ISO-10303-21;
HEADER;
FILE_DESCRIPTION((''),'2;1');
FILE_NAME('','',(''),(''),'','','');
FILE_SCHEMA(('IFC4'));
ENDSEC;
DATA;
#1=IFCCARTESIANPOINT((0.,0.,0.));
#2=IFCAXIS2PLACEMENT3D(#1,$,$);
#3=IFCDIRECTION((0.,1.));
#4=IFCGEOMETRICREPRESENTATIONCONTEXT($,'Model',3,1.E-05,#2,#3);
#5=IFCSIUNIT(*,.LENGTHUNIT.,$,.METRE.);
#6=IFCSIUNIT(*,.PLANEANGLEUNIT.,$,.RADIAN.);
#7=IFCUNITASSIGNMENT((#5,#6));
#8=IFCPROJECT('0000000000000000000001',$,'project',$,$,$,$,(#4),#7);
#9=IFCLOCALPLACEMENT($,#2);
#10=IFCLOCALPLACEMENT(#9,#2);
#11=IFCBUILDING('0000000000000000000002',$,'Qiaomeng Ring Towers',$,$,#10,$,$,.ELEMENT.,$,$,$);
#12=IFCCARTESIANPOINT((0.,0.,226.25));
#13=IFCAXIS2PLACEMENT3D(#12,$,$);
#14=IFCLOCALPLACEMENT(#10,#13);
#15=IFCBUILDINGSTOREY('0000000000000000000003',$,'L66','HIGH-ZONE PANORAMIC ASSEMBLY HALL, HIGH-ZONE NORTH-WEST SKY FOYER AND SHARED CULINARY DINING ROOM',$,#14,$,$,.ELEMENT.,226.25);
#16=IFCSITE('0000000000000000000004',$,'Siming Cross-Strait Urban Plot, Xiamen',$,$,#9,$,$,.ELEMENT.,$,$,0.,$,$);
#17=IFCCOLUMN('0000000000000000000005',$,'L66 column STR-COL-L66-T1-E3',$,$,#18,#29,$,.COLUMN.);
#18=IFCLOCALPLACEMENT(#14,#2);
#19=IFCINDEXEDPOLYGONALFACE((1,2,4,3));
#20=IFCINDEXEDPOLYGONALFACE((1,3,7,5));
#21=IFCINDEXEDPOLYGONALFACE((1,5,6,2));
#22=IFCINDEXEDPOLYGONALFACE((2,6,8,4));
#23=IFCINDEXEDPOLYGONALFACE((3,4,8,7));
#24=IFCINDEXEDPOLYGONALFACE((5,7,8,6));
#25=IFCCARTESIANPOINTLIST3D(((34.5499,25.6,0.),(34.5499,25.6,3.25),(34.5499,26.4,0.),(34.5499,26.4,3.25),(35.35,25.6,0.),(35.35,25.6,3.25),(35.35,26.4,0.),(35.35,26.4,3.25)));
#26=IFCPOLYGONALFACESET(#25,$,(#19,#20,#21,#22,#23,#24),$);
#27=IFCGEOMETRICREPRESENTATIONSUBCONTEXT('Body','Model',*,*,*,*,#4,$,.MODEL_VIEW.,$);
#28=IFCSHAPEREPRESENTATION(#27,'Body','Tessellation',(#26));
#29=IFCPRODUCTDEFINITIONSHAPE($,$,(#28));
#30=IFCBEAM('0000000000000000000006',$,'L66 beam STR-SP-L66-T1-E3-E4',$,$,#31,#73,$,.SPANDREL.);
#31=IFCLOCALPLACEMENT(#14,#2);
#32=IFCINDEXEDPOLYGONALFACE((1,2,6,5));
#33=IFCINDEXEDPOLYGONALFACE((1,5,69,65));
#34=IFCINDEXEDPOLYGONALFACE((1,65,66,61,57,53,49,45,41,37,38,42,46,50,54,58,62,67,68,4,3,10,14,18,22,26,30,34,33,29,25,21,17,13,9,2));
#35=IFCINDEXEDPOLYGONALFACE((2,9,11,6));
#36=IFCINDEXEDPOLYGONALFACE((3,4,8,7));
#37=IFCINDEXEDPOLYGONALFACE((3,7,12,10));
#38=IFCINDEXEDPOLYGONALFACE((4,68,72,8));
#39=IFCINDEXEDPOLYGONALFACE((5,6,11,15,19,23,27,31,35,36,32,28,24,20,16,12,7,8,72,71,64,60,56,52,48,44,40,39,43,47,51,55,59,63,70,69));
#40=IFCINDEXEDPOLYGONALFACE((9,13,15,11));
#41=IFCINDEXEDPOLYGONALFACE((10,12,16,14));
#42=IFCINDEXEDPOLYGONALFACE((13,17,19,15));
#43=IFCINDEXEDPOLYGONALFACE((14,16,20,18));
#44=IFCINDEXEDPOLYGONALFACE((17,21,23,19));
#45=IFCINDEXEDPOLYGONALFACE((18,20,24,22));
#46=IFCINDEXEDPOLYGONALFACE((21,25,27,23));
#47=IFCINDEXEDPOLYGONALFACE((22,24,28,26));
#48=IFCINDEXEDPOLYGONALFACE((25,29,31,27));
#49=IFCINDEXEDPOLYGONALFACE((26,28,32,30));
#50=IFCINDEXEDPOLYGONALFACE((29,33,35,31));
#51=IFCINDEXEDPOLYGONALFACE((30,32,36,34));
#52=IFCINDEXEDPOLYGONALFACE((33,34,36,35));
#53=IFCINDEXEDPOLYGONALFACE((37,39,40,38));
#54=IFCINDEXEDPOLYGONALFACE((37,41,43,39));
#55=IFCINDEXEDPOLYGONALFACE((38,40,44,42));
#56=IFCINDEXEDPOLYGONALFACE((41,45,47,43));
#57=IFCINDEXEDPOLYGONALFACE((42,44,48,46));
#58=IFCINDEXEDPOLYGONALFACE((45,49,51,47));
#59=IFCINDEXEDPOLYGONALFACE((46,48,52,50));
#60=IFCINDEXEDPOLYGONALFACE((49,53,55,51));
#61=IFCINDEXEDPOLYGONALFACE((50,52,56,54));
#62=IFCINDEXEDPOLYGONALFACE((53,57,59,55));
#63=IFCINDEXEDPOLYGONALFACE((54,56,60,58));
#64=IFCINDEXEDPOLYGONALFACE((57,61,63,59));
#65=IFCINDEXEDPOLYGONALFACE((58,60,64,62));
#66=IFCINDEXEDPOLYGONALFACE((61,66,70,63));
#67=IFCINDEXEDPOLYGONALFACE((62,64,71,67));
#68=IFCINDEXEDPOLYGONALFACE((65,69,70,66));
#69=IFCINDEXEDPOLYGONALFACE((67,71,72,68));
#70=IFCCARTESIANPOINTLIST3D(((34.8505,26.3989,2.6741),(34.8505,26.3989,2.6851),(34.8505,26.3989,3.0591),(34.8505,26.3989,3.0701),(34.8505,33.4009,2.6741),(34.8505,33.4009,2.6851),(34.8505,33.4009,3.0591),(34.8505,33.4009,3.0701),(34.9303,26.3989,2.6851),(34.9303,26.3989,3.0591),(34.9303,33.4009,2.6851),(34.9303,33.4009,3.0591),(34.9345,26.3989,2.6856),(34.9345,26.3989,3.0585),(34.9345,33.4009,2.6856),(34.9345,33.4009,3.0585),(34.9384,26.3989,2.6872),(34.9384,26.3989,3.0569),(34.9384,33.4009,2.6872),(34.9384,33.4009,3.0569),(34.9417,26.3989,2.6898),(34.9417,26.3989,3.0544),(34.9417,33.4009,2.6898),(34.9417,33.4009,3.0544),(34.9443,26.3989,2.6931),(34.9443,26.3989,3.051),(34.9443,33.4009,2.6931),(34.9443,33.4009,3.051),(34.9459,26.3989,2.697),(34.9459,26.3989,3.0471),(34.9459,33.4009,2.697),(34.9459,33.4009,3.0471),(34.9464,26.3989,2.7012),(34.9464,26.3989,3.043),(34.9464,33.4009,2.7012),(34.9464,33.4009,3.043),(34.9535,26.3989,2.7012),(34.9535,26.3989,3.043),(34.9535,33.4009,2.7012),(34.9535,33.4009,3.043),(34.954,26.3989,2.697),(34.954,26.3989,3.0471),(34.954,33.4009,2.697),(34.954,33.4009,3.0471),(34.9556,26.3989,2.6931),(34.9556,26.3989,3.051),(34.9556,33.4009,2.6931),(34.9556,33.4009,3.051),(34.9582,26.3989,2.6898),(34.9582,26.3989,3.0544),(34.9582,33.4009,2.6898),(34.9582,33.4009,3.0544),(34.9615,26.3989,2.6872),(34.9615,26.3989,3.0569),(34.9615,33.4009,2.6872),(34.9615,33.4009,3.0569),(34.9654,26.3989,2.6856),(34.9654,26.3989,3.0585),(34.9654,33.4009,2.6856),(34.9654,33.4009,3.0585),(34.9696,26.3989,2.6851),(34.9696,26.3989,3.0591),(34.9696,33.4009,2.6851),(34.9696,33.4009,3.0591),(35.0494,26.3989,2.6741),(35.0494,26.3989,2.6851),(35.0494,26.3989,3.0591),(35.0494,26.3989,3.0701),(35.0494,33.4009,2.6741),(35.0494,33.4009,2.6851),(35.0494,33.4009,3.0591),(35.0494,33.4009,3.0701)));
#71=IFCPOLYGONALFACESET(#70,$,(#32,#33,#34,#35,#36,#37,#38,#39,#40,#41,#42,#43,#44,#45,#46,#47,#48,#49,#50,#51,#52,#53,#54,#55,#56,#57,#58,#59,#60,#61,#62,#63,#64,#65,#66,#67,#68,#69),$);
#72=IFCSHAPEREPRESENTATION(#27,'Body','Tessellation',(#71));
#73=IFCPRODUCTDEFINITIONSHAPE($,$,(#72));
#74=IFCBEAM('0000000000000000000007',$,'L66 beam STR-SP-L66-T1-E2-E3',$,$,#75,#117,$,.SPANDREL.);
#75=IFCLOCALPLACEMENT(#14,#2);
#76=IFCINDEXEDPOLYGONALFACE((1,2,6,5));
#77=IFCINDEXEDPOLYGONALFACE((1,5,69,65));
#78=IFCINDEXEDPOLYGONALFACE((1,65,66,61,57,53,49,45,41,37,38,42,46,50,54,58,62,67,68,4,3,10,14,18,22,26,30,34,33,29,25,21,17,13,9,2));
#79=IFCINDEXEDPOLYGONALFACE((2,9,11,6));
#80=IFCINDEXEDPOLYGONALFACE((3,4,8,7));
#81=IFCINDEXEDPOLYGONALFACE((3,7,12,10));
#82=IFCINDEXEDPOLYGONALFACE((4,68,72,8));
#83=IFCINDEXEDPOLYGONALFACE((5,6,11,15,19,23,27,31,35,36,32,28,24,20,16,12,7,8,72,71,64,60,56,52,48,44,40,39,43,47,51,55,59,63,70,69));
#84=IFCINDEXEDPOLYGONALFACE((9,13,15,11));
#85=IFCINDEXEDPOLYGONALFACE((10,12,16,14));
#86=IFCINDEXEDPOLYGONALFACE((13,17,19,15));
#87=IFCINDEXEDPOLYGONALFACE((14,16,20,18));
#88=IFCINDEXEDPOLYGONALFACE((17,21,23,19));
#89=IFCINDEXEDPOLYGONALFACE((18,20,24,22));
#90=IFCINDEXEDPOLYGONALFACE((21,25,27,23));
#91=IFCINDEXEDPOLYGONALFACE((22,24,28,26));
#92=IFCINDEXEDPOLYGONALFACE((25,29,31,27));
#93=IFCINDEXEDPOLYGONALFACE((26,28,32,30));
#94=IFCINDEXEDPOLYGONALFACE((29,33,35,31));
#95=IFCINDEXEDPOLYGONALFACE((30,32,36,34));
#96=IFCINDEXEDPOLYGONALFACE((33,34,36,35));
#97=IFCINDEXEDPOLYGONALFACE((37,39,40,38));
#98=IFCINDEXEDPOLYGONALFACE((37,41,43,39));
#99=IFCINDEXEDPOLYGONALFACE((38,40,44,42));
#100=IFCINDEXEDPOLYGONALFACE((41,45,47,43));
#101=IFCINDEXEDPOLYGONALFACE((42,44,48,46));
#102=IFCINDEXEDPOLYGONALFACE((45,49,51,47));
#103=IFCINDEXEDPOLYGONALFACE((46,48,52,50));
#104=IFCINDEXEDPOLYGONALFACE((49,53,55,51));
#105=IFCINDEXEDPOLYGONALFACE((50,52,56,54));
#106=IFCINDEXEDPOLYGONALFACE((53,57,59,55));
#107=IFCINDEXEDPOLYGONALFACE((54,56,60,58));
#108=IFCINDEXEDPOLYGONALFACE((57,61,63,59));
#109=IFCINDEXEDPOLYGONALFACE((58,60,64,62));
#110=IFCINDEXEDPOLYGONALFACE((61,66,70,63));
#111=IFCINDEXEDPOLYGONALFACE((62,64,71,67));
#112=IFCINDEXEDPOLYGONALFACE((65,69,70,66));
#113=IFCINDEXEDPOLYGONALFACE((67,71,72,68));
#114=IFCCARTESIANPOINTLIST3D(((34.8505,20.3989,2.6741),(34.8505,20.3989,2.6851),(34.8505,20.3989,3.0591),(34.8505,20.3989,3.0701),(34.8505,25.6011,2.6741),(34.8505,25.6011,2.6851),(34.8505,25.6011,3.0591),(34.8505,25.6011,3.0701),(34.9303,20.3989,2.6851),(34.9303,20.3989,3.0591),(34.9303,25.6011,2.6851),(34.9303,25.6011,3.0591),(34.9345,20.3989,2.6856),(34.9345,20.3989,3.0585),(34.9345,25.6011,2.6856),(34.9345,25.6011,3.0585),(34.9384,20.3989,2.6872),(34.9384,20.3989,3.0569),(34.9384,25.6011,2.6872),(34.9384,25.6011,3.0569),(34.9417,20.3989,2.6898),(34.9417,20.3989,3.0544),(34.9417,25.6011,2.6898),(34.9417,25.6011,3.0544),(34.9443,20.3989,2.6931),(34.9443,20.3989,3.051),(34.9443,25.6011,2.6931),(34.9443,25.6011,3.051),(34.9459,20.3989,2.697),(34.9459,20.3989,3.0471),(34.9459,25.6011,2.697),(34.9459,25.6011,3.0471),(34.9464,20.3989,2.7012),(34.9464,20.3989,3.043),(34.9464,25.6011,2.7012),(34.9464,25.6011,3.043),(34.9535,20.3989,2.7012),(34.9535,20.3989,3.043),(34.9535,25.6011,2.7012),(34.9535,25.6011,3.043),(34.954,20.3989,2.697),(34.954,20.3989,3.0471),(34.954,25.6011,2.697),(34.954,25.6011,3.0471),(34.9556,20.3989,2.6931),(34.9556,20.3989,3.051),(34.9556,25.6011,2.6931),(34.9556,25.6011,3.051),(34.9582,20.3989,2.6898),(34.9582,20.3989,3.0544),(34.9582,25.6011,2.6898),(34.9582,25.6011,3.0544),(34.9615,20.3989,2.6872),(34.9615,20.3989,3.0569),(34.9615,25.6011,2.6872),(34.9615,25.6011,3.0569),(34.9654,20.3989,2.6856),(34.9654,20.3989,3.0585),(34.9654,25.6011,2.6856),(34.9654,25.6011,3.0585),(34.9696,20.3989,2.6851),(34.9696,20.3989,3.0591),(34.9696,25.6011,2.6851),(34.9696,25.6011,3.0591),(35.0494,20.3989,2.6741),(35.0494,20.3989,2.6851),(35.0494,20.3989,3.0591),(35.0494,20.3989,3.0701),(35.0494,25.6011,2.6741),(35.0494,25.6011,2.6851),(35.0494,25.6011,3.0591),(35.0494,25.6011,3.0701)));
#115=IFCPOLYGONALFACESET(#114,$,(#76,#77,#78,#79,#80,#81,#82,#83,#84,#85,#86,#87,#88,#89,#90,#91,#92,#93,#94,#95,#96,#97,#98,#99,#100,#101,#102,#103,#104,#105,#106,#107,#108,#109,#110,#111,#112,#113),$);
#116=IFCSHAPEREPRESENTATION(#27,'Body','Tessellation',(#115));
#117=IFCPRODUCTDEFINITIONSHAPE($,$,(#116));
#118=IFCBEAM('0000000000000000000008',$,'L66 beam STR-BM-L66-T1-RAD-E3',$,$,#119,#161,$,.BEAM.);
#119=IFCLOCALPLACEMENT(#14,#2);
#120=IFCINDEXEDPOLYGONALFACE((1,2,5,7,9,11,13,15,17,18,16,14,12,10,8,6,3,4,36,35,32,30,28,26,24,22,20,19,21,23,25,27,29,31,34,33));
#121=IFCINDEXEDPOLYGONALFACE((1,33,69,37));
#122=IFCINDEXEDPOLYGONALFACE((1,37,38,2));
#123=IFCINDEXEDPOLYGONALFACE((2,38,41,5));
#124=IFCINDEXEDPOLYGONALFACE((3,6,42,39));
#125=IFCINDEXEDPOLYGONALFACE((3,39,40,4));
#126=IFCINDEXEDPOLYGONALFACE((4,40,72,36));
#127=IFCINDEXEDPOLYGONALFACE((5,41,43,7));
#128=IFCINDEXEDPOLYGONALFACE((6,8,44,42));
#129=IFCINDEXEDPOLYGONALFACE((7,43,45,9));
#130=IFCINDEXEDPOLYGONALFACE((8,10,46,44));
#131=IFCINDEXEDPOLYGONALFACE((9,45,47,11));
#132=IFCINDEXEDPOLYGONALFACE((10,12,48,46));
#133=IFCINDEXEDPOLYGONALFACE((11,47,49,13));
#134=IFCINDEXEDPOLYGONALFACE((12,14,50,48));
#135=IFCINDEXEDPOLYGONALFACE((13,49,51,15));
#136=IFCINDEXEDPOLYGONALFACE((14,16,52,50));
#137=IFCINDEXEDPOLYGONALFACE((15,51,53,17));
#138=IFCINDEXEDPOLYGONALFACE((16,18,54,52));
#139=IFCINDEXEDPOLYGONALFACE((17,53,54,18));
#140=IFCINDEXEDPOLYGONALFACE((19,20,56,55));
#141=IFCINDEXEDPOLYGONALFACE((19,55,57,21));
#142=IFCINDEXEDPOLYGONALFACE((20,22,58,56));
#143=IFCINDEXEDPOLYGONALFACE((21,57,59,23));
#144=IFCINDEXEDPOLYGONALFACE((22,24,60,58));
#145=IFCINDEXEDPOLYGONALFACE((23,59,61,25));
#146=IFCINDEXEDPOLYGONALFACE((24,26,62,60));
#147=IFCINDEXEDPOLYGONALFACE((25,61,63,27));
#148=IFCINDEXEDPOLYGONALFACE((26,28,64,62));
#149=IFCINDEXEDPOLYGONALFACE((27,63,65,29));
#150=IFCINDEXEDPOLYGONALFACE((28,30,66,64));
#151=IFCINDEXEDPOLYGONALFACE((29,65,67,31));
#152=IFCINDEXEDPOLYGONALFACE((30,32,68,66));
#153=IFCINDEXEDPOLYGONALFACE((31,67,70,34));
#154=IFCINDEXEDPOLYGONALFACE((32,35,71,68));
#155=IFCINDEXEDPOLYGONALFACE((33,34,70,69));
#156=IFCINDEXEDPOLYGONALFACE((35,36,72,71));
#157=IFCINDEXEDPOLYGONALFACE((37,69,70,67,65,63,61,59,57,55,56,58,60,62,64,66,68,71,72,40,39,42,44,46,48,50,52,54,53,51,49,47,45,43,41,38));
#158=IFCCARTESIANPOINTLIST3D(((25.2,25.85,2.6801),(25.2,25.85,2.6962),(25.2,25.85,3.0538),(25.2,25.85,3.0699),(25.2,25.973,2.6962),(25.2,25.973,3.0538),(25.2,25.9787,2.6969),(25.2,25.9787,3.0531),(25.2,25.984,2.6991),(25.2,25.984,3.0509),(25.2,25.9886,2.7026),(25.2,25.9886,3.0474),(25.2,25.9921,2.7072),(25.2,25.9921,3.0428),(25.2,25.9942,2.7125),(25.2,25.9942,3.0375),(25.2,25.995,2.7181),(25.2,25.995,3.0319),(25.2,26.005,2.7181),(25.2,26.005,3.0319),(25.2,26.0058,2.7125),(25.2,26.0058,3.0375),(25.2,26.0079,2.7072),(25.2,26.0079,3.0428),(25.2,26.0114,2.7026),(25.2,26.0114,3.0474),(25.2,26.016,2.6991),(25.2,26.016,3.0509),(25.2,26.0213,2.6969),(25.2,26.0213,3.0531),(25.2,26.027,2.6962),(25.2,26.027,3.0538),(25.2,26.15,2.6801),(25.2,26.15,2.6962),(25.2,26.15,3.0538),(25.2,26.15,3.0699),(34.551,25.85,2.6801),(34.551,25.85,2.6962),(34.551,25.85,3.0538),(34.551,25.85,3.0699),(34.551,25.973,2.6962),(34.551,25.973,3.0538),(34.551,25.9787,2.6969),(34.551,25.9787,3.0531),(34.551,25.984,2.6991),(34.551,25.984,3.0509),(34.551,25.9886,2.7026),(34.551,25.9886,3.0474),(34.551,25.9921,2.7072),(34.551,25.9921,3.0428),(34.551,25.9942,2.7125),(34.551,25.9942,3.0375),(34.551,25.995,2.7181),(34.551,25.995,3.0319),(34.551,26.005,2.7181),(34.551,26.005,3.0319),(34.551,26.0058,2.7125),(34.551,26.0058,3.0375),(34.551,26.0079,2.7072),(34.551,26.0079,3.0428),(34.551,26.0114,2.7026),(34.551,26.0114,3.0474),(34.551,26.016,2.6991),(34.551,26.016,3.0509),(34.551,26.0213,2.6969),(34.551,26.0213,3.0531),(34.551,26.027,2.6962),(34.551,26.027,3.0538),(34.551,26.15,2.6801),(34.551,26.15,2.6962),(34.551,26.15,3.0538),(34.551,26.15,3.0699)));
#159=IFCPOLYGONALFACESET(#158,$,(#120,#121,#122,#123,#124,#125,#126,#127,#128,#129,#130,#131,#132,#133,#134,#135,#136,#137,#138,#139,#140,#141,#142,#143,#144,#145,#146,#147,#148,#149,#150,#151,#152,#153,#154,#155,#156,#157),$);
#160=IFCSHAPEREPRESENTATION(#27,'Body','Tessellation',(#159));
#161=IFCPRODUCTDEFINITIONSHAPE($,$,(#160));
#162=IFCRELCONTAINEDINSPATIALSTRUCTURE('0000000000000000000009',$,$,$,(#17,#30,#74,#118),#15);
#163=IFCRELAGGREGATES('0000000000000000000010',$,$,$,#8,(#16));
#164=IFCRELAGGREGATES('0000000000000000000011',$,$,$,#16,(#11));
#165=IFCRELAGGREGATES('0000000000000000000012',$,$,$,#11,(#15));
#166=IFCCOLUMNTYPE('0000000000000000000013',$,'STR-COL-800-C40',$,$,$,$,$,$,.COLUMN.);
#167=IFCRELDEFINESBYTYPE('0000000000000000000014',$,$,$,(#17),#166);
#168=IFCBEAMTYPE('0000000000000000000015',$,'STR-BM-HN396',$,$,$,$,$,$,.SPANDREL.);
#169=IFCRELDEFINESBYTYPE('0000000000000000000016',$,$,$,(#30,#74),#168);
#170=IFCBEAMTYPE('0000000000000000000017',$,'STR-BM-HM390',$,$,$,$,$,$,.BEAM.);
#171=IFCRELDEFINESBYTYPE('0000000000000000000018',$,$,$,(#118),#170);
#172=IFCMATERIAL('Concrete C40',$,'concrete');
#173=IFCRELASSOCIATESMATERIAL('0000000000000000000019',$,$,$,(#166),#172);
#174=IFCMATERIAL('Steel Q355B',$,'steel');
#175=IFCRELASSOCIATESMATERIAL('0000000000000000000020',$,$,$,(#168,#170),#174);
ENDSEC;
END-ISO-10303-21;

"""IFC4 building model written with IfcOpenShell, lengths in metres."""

from ifc_helpers import new_model, si_unit, direction, frame, origin, origin_2d, place, context, subcontext, project, spatial, rectangle, i_section, extrude, source, transform, mapped, material, material_profile, profile_set, type_object, element, save


model = new_model("IFC4")

# Units and contexts
model_context = context("Model", 3, precision=1e-05, world=origin(), true_north=direction((0.0, 1.0)))
body_context = subcontext(model_context, "Body", "Model", "MODEL_VIEW")
ifc_project = project(units=[si_unit("LENGTHUNIT", "METRE"), si_unit("PLANEANGLEUNIT", "RADIAN")], contexts=[model_context])

# Site, building, storey
site_placement = place(None, origin())
site = spatial("IfcSite", under=ifc_project, at=site_placement, Name="Siming Cross-Strait Urban Plot, Xiamen", CompositionType="ELEMENT", RefElevation=0.0)
building_placement = place(site_placement, origin())
building = spatial("IfcBuilding", under=site, at=building_placement, Name="Qiaomeng Ring Towers", CompositionType="ELEMENT")
storey_placement = place(building_placement, frame((0.0, 0.0, 226.25)))
storey = spatial("IfcBuildingStorey", under=building, at=storey_placement, Name="L66", Description="HIGH-ZONE PANORAMIC ASSEMBLY HALL, HIGH-ZONE NORTH-WEST SKY FOYER AND SHARED CULINARY DINING ROOM", CompositionType="ELEMENT", Elevation=226.25)

# Column
ifc_material_1 = material(Name="Concrete C40", Category="concrete")
ifc_material_profile_1 = material_profile(ifc_material_1, rectangle(XDim=0.8, YDim=0.8, at=origin_2d()), Name="RC COL 800x800")
ifc_profile_set_1 = profile_set([ifc_material_profile_1], Name="Concrete C40")
column_type = type_object("IfcColumnType", Name="STR-COL-800-C40", PredefinedType="COLUMN", material=ifc_profile_set_1)
shared_shape_1 = source(origin(), body_context, "Body", "SweptSolid", [
    extrude(rectangle(XDim=0.8, YDim=0.8, at=origin_2d()), origin(), (0.0, 0.0, 1.0), 3.25),
])
column_placement = place(storey_placement, frame((34.95, 26.0, 0.0), z_axis=(0.0, 0.0, 1.0), x_axis=(1.0, 0.0, 0.0)))
element("IfcColumn", 1, at=column_placement, inside=storey, type_object=column_type, Name="L66 column STR-COL-L66-T1-E3", PredefinedType="COLUMN", context=body_context, shape_type="MappedRepresentation", body=[
    mapped(shared_shape_1, transform((0.0, 0.0, 0.0), x_axis=(1.0, 0.0, 0.0), y_axis=(0.0, 1.0, 0.0), z_axis=(0.0, 0.0, 1.0), scale=1.0)),
])

# Beams
ifc_material_2 = material(Name="Steel Q355B", Category="steel")
ifc_material_profile_2 = material_profile(ifc_material_2, i_section(OverallWidth=0.199, OverallDepth=0.396, WebThickness=0.0071, FlangeThickness=0.011, FilletRadius=0.0161, at=origin_2d()), Name="HN 396x199x7x11")
ifc_profile_set_2 = profile_set([ifc_material_profile_2], Name="Steel Q355B")
beam_type_1 = type_object("IfcBeamType", Name="STR-BM-HN396", PredefinedType="SPANDREL", material=ifc_profile_set_2)
shared_shape_2 = source(origin(), body_context, "Body", "SweptSolid", [
    extrude(i_section(OverallWidth=0.199, OverallDepth=0.396, WebThickness=0.0071, FlangeThickness=0.011, FilletRadius=0.0161, at=origin_2d()), origin(), (0.0, 0.0, 1.0), 7.002),
])
beam_1_placement = place(storey_placement, frame((34.95, 26.3989, 2.8721), z_axis=(0.0, 1.0, 0.0), x_axis=(-1.0, 0.0, 0.0)))
element("IfcBeam", 2, at=beam_1_placement, inside=storey, type_object=beam_type_1, Name="L66 beam STR-SP-L66-T1-E3-E4", PredefinedType="SPANDREL", context=body_context, shape_type="MappedRepresentation", body=[
    mapped(shared_shape_2, transform((0.0, 0.0, 0.0), x_axis=(1.0, 0.0, 0.0), y_axis=(0.0, 1.0, 0.0), z_axis=(0.0, 0.0, 1.0), scale=1.0)),
])
shared_shape_3 = source(origin(), body_context, "Body", "SweptSolid", [
    extrude(i_section(OverallWidth=0.199, OverallDepth=0.396, WebThickness=0.0071, FlangeThickness=0.011, FilletRadius=0.0161, at=origin_2d()), origin(), (0.0, 0.0, 1.0), 5.2021),
])
beam_2_placement = place(storey_placement, frame((34.95, 20.3989, 2.8721), z_axis=(0.0, 1.0, 0.0), x_axis=(-1.0, 0.0, 0.0)))
element("IfcBeam", 3, at=beam_2_placement, inside=storey, type_object=beam_type_1, Name="L66 beam STR-SP-L66-T1-E2-E3", PredefinedType="SPANDREL", context=body_context, shape_type="MappedRepresentation", body=[
    mapped(shared_shape_3, transform((0.0, 0.0, 0.0), x_axis=(1.0, 0.0, 0.0), y_axis=(0.0, 1.0, 0.0), z_axis=(0.0, 0.0, 1.0), scale=1.0)),
])
ifc_material_profile_3 = material_profile(ifc_material_2, i_section(OverallWidth=0.3, OverallDepth=0.3899, WebThickness=0.01, FlangeThickness=0.0161, FilletRadius=0.022, at=origin_2d()), Name="HM 390x300x10x16")
ifc_profile_set_3 = profile_set([ifc_material_profile_3], Name="Steel Q355B")
beam_type_2 = type_object("IfcBeamType", Name="STR-BM-HM390", PredefinedType="BEAM", material=ifc_profile_set_3)
shared_shape_4 = source(origin(), body_context, "Body", "SweptSolid", [
    extrude(i_section(OverallWidth=0.3, OverallDepth=0.3899, WebThickness=0.01, FlangeThickness=0.0161, FilletRadius=0.022, at=origin_2d()), origin(), (0.0, 0.0, 1.0), 9.3511),
])
beam_3_placement = place(storey_placement, frame((25.2, 26.0, 2.875), z_axis=(1.0, 0.0, 0.0), x_axis=(0.0, 1.0, 0.0)))
element("IfcBeam", 4, at=beam_3_placement, inside=storey, type_object=beam_type_2, Name="L66 beam STR-BM-L66-T1-RAD-E3", PredefinedType="BEAM", context=body_context, shape_type="MappedRepresentation", body=[
    mapped(shared_shape_4, transform((0.0, 0.0, 0.0), x_axis=(1.0, 0.0, 0.0), y_axis=(0.0, 1.0, 0.0), z_axis=(0.0, 0.0, 1.0), scale=1.0)),
])

save(model, "model.ifc")
